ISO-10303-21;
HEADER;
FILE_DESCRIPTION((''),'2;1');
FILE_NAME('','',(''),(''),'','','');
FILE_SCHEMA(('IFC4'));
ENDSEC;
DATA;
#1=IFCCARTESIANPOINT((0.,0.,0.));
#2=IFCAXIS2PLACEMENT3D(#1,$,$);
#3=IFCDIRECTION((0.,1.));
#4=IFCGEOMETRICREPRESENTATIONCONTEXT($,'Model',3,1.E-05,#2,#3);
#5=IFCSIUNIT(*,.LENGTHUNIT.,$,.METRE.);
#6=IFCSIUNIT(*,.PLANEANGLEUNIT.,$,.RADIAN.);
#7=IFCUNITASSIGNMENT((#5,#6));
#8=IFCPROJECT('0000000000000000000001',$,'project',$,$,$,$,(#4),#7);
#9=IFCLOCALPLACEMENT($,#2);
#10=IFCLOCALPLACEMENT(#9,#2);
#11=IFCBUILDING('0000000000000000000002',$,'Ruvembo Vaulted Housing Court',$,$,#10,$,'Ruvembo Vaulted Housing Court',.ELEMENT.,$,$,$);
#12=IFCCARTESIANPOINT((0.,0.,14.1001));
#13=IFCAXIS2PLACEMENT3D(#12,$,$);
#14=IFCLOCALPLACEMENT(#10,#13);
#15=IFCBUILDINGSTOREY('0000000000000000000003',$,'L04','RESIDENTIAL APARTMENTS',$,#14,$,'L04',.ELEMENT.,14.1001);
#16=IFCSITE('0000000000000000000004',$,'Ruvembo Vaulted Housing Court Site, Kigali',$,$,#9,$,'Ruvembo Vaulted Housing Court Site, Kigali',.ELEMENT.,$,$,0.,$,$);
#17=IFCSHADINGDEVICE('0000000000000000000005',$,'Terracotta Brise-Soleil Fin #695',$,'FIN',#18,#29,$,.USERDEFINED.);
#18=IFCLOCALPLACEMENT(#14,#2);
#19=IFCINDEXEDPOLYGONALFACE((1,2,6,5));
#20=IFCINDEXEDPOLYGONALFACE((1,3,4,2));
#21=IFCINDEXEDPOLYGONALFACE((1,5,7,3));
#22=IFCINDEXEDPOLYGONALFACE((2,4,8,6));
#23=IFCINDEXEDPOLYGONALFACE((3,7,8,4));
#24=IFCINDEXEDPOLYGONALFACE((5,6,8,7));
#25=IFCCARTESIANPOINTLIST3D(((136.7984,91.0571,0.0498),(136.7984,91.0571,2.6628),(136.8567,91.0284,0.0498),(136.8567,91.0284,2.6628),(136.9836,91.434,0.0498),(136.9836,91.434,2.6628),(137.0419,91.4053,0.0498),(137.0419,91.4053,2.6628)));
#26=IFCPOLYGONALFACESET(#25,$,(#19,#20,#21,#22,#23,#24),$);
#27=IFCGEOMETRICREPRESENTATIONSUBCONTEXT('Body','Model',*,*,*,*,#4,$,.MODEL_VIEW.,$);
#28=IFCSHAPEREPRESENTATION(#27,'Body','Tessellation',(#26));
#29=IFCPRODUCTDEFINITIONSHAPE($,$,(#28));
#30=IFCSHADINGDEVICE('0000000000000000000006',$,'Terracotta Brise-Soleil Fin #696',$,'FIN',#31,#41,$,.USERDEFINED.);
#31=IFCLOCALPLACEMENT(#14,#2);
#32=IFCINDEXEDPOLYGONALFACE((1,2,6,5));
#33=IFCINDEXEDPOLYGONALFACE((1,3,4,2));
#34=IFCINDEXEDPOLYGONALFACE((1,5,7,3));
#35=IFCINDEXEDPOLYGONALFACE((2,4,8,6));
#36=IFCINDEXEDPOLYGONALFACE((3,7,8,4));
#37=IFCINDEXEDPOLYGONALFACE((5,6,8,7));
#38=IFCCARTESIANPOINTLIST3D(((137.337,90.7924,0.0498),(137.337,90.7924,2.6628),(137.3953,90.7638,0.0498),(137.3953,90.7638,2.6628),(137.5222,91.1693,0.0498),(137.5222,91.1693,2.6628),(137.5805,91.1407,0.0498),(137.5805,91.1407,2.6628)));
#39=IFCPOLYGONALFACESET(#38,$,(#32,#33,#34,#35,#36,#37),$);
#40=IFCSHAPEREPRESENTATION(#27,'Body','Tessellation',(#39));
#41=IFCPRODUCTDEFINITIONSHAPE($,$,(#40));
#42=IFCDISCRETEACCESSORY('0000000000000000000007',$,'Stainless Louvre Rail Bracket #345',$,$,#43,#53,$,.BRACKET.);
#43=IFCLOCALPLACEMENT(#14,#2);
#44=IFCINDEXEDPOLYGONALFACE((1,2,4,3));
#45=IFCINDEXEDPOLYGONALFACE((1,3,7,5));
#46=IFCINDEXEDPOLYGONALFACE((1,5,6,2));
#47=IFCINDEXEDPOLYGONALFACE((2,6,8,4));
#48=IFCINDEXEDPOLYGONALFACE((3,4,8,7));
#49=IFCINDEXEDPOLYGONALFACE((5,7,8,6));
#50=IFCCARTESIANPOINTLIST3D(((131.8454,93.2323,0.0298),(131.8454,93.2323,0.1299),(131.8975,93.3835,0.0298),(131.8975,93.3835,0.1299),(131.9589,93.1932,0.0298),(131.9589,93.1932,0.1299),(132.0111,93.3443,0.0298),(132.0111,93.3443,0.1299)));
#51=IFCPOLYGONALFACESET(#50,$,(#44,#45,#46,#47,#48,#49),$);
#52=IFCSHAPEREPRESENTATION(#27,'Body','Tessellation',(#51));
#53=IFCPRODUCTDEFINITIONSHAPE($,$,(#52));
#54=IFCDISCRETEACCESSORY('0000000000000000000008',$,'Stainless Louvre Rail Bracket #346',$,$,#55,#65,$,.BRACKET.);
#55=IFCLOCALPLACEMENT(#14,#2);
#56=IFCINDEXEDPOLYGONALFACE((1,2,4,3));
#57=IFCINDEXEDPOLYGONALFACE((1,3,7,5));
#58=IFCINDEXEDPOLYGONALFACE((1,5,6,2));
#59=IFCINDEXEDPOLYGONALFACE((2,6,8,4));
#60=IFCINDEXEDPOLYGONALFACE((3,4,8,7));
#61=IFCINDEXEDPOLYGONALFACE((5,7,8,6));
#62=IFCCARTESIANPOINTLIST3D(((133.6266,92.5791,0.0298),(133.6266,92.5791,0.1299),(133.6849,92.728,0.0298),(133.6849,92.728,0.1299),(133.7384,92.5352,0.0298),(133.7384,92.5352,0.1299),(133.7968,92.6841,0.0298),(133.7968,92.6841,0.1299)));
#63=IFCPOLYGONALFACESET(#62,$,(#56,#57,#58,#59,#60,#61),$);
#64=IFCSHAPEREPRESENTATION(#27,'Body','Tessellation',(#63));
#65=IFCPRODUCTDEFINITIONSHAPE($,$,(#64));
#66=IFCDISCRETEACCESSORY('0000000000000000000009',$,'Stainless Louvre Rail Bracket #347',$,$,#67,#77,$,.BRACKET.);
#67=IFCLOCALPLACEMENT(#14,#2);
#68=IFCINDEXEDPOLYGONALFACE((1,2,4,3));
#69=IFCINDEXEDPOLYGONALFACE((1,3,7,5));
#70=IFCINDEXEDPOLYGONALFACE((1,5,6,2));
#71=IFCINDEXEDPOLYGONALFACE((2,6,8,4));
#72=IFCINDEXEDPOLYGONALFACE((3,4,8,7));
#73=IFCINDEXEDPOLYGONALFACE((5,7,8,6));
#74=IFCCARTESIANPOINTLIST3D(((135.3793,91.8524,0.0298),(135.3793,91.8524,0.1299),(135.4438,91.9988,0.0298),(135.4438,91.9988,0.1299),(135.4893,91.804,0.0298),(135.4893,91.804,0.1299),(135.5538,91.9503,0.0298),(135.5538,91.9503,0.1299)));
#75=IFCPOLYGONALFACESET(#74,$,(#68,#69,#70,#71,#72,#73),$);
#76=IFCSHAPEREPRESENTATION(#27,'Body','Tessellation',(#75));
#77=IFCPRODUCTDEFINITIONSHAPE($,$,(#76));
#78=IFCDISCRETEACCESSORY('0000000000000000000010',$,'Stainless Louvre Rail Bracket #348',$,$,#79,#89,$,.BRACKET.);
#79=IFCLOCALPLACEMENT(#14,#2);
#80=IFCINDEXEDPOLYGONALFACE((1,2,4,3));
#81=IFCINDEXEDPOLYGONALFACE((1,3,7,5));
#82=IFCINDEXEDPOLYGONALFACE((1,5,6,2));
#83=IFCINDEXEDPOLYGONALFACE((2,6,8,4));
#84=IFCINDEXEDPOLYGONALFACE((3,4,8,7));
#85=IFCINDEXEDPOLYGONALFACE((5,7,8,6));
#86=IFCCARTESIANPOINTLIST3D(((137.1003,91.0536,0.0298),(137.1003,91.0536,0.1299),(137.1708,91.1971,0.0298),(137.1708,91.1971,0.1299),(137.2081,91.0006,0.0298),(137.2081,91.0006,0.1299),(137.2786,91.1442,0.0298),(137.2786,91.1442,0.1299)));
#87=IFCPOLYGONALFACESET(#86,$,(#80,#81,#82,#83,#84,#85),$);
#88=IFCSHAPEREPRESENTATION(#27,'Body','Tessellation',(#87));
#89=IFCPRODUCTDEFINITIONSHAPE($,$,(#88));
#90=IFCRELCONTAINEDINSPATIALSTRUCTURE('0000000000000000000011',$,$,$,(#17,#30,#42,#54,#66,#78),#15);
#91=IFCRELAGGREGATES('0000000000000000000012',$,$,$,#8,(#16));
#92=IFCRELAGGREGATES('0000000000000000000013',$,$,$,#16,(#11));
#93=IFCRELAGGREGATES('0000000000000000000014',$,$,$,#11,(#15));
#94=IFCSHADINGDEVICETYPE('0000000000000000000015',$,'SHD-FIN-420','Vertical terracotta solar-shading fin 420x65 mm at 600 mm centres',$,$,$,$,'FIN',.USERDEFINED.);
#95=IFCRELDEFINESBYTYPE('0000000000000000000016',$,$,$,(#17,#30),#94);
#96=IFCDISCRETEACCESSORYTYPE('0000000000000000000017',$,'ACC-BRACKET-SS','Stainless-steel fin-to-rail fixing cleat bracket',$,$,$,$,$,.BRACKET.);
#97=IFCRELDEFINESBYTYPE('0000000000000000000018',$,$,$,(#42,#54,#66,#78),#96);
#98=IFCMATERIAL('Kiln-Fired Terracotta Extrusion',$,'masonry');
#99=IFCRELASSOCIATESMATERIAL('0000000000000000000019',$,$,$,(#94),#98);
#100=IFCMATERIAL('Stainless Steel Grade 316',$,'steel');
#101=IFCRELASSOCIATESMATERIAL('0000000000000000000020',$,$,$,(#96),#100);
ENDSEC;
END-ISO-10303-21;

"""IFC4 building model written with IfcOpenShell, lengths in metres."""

from ifc_helpers import new_model, si_unit, direction, frame, origin, origin_2d, place, context, subcontext, project, spatial, rectangle, extrude, material, type_object, element, save


model = new_model("IFC4")

# Units and contexts
model_context = context("Model", 3, precision=1e-05, world=origin(), true_north=direction((0.0, 1.0)))
body_context = subcontext(model_context, "Body", "Model", "MODEL_VIEW")
ifc_project = project(units=[si_unit("LENGTHUNIT", "METRE"), si_unit("PLANEANGLEUNIT", "RADIAN")], contexts=[model_context])

# Site, building, storey
site_placement = place(None, origin())
site = spatial("IfcSite", under=ifc_project, at=site_placement, Name="Ruvembo Vaulted Housing Court Site, Kigali", LongName="Ruvembo Vaulted Housing Court Site, Kigali", CompositionType="ELEMENT", RefElevation=0.0)
building_placement = place(site_placement, origin())
building = spatial("IfcBuilding", under=site, at=building_placement, Name="Ruvembo Vaulted Housing Court", LongName="Ruvembo Vaulted Housing Court", CompositionType="ELEMENT")
storey_placement = place(building_placement, frame((0.0, 0.0, 14.1001)))
storey = spatial("IfcBuildingStorey", under=building, at=storey_placement, Name="L04", Description="RESIDENTIAL APARTMENTS", LongName="L04", CompositionType="ELEMENT", Elevation=14.1001)

# Shading devices
ifc_material_1 = material(Name="Kiln-Fired Terracotta Extrusion", Category="masonry")
shading_device_type = type_object("IfcShadingDeviceType", Name="SHD-FIN-420", Description="Vertical terracotta solar-shading fin 420x65 mm at 600 mm centres", ElementType="FIN", PredefinedType="USERDEFINED", material=ifc_material_1)
for number, where, z_axis, x_axis, name in (
    (1, (136.9202, 91.2312, 0.0498), (0.0, 0.0, 1.0), (-0.440911, -0.897551, 0.0), "Terracotta Brise-Soleil Fin #695"),
    (2, (137.4587, 90.9666, 0.0498), (0.0, 0.0, 1.0), (-0.440911, -0.897551, 0.0), "Terracotta Brise-Soleil Fin #696"),
):
    element("IfcShadingDevice", number, at=place(storey_placement, frame(where, z_axis=z_axis, x_axis=x_axis)), inside=storey, type_object=shading_device_type, Name=name, ObjectType="FIN", PredefinedType="USERDEFINED", context=body_context, shape_type="SweptSolid", body=[
        extrude(rectangle(XDim=0.4199, YDim=0.0649, at=origin_2d()), origin(), (0.0, 0.0, 1.0), 2.613),
    ])

# Discrete accessories
ifc_material_2 = material(Name="Stainless Steel Grade 316", Category="steel")
discrete_accessory_type = type_object("IfcDiscreteAccessoryType", Name="ACC-BRACKET-SS", Description="Stainless-steel fin-to-rail fixing cleat bracket", PredefinedType="BRACKET", material=ifc_material_2)
for number, where, z_axis, x_axis, name in (
    (3, (131.9282, 93.2883, 0.0298), (0.0, 0.0, 1.0), (-0.32603, -0.945359, 0.0), "Stainless Louvre Rail Bracket #345"),
    (4, (133.7117, 92.6316, 0.0298), (0.0, 0.0, 1.0), (-0.364958, -0.931024, 0.0), "Stainless Louvre Rail Bracket #346"),
    (5, (135.4666, 91.9014, 0.0298), (0.0, 0.0, 1.0), (-0.403306, -0.915065, 0.0), "Stainless Louvre Rail Bracket #347"),
    (6, (137.1895, 91.0989, 0.0298), (0.0, 0.0, 1.0), (-0.440911, -0.897551, 0.0), "Stainless Louvre Rail Bracket #348"),
):
    element("IfcDiscreteAccessory", number, at=place(storey_placement, frame(where, z_axis=z_axis, x_axis=x_axis)), inside=storey, type_object=discrete_accessory_type, Name=name, PredefinedType="BRACKET", context=body_context, shape_type="SweptSolid", body=[
        extrude(rectangle(XDim=0.1599, YDim=0.1201, at=origin_2d()), origin(), (0.0, 0.0, 1.0), 0.1001),
    ])

save(model, "model.ifc")
